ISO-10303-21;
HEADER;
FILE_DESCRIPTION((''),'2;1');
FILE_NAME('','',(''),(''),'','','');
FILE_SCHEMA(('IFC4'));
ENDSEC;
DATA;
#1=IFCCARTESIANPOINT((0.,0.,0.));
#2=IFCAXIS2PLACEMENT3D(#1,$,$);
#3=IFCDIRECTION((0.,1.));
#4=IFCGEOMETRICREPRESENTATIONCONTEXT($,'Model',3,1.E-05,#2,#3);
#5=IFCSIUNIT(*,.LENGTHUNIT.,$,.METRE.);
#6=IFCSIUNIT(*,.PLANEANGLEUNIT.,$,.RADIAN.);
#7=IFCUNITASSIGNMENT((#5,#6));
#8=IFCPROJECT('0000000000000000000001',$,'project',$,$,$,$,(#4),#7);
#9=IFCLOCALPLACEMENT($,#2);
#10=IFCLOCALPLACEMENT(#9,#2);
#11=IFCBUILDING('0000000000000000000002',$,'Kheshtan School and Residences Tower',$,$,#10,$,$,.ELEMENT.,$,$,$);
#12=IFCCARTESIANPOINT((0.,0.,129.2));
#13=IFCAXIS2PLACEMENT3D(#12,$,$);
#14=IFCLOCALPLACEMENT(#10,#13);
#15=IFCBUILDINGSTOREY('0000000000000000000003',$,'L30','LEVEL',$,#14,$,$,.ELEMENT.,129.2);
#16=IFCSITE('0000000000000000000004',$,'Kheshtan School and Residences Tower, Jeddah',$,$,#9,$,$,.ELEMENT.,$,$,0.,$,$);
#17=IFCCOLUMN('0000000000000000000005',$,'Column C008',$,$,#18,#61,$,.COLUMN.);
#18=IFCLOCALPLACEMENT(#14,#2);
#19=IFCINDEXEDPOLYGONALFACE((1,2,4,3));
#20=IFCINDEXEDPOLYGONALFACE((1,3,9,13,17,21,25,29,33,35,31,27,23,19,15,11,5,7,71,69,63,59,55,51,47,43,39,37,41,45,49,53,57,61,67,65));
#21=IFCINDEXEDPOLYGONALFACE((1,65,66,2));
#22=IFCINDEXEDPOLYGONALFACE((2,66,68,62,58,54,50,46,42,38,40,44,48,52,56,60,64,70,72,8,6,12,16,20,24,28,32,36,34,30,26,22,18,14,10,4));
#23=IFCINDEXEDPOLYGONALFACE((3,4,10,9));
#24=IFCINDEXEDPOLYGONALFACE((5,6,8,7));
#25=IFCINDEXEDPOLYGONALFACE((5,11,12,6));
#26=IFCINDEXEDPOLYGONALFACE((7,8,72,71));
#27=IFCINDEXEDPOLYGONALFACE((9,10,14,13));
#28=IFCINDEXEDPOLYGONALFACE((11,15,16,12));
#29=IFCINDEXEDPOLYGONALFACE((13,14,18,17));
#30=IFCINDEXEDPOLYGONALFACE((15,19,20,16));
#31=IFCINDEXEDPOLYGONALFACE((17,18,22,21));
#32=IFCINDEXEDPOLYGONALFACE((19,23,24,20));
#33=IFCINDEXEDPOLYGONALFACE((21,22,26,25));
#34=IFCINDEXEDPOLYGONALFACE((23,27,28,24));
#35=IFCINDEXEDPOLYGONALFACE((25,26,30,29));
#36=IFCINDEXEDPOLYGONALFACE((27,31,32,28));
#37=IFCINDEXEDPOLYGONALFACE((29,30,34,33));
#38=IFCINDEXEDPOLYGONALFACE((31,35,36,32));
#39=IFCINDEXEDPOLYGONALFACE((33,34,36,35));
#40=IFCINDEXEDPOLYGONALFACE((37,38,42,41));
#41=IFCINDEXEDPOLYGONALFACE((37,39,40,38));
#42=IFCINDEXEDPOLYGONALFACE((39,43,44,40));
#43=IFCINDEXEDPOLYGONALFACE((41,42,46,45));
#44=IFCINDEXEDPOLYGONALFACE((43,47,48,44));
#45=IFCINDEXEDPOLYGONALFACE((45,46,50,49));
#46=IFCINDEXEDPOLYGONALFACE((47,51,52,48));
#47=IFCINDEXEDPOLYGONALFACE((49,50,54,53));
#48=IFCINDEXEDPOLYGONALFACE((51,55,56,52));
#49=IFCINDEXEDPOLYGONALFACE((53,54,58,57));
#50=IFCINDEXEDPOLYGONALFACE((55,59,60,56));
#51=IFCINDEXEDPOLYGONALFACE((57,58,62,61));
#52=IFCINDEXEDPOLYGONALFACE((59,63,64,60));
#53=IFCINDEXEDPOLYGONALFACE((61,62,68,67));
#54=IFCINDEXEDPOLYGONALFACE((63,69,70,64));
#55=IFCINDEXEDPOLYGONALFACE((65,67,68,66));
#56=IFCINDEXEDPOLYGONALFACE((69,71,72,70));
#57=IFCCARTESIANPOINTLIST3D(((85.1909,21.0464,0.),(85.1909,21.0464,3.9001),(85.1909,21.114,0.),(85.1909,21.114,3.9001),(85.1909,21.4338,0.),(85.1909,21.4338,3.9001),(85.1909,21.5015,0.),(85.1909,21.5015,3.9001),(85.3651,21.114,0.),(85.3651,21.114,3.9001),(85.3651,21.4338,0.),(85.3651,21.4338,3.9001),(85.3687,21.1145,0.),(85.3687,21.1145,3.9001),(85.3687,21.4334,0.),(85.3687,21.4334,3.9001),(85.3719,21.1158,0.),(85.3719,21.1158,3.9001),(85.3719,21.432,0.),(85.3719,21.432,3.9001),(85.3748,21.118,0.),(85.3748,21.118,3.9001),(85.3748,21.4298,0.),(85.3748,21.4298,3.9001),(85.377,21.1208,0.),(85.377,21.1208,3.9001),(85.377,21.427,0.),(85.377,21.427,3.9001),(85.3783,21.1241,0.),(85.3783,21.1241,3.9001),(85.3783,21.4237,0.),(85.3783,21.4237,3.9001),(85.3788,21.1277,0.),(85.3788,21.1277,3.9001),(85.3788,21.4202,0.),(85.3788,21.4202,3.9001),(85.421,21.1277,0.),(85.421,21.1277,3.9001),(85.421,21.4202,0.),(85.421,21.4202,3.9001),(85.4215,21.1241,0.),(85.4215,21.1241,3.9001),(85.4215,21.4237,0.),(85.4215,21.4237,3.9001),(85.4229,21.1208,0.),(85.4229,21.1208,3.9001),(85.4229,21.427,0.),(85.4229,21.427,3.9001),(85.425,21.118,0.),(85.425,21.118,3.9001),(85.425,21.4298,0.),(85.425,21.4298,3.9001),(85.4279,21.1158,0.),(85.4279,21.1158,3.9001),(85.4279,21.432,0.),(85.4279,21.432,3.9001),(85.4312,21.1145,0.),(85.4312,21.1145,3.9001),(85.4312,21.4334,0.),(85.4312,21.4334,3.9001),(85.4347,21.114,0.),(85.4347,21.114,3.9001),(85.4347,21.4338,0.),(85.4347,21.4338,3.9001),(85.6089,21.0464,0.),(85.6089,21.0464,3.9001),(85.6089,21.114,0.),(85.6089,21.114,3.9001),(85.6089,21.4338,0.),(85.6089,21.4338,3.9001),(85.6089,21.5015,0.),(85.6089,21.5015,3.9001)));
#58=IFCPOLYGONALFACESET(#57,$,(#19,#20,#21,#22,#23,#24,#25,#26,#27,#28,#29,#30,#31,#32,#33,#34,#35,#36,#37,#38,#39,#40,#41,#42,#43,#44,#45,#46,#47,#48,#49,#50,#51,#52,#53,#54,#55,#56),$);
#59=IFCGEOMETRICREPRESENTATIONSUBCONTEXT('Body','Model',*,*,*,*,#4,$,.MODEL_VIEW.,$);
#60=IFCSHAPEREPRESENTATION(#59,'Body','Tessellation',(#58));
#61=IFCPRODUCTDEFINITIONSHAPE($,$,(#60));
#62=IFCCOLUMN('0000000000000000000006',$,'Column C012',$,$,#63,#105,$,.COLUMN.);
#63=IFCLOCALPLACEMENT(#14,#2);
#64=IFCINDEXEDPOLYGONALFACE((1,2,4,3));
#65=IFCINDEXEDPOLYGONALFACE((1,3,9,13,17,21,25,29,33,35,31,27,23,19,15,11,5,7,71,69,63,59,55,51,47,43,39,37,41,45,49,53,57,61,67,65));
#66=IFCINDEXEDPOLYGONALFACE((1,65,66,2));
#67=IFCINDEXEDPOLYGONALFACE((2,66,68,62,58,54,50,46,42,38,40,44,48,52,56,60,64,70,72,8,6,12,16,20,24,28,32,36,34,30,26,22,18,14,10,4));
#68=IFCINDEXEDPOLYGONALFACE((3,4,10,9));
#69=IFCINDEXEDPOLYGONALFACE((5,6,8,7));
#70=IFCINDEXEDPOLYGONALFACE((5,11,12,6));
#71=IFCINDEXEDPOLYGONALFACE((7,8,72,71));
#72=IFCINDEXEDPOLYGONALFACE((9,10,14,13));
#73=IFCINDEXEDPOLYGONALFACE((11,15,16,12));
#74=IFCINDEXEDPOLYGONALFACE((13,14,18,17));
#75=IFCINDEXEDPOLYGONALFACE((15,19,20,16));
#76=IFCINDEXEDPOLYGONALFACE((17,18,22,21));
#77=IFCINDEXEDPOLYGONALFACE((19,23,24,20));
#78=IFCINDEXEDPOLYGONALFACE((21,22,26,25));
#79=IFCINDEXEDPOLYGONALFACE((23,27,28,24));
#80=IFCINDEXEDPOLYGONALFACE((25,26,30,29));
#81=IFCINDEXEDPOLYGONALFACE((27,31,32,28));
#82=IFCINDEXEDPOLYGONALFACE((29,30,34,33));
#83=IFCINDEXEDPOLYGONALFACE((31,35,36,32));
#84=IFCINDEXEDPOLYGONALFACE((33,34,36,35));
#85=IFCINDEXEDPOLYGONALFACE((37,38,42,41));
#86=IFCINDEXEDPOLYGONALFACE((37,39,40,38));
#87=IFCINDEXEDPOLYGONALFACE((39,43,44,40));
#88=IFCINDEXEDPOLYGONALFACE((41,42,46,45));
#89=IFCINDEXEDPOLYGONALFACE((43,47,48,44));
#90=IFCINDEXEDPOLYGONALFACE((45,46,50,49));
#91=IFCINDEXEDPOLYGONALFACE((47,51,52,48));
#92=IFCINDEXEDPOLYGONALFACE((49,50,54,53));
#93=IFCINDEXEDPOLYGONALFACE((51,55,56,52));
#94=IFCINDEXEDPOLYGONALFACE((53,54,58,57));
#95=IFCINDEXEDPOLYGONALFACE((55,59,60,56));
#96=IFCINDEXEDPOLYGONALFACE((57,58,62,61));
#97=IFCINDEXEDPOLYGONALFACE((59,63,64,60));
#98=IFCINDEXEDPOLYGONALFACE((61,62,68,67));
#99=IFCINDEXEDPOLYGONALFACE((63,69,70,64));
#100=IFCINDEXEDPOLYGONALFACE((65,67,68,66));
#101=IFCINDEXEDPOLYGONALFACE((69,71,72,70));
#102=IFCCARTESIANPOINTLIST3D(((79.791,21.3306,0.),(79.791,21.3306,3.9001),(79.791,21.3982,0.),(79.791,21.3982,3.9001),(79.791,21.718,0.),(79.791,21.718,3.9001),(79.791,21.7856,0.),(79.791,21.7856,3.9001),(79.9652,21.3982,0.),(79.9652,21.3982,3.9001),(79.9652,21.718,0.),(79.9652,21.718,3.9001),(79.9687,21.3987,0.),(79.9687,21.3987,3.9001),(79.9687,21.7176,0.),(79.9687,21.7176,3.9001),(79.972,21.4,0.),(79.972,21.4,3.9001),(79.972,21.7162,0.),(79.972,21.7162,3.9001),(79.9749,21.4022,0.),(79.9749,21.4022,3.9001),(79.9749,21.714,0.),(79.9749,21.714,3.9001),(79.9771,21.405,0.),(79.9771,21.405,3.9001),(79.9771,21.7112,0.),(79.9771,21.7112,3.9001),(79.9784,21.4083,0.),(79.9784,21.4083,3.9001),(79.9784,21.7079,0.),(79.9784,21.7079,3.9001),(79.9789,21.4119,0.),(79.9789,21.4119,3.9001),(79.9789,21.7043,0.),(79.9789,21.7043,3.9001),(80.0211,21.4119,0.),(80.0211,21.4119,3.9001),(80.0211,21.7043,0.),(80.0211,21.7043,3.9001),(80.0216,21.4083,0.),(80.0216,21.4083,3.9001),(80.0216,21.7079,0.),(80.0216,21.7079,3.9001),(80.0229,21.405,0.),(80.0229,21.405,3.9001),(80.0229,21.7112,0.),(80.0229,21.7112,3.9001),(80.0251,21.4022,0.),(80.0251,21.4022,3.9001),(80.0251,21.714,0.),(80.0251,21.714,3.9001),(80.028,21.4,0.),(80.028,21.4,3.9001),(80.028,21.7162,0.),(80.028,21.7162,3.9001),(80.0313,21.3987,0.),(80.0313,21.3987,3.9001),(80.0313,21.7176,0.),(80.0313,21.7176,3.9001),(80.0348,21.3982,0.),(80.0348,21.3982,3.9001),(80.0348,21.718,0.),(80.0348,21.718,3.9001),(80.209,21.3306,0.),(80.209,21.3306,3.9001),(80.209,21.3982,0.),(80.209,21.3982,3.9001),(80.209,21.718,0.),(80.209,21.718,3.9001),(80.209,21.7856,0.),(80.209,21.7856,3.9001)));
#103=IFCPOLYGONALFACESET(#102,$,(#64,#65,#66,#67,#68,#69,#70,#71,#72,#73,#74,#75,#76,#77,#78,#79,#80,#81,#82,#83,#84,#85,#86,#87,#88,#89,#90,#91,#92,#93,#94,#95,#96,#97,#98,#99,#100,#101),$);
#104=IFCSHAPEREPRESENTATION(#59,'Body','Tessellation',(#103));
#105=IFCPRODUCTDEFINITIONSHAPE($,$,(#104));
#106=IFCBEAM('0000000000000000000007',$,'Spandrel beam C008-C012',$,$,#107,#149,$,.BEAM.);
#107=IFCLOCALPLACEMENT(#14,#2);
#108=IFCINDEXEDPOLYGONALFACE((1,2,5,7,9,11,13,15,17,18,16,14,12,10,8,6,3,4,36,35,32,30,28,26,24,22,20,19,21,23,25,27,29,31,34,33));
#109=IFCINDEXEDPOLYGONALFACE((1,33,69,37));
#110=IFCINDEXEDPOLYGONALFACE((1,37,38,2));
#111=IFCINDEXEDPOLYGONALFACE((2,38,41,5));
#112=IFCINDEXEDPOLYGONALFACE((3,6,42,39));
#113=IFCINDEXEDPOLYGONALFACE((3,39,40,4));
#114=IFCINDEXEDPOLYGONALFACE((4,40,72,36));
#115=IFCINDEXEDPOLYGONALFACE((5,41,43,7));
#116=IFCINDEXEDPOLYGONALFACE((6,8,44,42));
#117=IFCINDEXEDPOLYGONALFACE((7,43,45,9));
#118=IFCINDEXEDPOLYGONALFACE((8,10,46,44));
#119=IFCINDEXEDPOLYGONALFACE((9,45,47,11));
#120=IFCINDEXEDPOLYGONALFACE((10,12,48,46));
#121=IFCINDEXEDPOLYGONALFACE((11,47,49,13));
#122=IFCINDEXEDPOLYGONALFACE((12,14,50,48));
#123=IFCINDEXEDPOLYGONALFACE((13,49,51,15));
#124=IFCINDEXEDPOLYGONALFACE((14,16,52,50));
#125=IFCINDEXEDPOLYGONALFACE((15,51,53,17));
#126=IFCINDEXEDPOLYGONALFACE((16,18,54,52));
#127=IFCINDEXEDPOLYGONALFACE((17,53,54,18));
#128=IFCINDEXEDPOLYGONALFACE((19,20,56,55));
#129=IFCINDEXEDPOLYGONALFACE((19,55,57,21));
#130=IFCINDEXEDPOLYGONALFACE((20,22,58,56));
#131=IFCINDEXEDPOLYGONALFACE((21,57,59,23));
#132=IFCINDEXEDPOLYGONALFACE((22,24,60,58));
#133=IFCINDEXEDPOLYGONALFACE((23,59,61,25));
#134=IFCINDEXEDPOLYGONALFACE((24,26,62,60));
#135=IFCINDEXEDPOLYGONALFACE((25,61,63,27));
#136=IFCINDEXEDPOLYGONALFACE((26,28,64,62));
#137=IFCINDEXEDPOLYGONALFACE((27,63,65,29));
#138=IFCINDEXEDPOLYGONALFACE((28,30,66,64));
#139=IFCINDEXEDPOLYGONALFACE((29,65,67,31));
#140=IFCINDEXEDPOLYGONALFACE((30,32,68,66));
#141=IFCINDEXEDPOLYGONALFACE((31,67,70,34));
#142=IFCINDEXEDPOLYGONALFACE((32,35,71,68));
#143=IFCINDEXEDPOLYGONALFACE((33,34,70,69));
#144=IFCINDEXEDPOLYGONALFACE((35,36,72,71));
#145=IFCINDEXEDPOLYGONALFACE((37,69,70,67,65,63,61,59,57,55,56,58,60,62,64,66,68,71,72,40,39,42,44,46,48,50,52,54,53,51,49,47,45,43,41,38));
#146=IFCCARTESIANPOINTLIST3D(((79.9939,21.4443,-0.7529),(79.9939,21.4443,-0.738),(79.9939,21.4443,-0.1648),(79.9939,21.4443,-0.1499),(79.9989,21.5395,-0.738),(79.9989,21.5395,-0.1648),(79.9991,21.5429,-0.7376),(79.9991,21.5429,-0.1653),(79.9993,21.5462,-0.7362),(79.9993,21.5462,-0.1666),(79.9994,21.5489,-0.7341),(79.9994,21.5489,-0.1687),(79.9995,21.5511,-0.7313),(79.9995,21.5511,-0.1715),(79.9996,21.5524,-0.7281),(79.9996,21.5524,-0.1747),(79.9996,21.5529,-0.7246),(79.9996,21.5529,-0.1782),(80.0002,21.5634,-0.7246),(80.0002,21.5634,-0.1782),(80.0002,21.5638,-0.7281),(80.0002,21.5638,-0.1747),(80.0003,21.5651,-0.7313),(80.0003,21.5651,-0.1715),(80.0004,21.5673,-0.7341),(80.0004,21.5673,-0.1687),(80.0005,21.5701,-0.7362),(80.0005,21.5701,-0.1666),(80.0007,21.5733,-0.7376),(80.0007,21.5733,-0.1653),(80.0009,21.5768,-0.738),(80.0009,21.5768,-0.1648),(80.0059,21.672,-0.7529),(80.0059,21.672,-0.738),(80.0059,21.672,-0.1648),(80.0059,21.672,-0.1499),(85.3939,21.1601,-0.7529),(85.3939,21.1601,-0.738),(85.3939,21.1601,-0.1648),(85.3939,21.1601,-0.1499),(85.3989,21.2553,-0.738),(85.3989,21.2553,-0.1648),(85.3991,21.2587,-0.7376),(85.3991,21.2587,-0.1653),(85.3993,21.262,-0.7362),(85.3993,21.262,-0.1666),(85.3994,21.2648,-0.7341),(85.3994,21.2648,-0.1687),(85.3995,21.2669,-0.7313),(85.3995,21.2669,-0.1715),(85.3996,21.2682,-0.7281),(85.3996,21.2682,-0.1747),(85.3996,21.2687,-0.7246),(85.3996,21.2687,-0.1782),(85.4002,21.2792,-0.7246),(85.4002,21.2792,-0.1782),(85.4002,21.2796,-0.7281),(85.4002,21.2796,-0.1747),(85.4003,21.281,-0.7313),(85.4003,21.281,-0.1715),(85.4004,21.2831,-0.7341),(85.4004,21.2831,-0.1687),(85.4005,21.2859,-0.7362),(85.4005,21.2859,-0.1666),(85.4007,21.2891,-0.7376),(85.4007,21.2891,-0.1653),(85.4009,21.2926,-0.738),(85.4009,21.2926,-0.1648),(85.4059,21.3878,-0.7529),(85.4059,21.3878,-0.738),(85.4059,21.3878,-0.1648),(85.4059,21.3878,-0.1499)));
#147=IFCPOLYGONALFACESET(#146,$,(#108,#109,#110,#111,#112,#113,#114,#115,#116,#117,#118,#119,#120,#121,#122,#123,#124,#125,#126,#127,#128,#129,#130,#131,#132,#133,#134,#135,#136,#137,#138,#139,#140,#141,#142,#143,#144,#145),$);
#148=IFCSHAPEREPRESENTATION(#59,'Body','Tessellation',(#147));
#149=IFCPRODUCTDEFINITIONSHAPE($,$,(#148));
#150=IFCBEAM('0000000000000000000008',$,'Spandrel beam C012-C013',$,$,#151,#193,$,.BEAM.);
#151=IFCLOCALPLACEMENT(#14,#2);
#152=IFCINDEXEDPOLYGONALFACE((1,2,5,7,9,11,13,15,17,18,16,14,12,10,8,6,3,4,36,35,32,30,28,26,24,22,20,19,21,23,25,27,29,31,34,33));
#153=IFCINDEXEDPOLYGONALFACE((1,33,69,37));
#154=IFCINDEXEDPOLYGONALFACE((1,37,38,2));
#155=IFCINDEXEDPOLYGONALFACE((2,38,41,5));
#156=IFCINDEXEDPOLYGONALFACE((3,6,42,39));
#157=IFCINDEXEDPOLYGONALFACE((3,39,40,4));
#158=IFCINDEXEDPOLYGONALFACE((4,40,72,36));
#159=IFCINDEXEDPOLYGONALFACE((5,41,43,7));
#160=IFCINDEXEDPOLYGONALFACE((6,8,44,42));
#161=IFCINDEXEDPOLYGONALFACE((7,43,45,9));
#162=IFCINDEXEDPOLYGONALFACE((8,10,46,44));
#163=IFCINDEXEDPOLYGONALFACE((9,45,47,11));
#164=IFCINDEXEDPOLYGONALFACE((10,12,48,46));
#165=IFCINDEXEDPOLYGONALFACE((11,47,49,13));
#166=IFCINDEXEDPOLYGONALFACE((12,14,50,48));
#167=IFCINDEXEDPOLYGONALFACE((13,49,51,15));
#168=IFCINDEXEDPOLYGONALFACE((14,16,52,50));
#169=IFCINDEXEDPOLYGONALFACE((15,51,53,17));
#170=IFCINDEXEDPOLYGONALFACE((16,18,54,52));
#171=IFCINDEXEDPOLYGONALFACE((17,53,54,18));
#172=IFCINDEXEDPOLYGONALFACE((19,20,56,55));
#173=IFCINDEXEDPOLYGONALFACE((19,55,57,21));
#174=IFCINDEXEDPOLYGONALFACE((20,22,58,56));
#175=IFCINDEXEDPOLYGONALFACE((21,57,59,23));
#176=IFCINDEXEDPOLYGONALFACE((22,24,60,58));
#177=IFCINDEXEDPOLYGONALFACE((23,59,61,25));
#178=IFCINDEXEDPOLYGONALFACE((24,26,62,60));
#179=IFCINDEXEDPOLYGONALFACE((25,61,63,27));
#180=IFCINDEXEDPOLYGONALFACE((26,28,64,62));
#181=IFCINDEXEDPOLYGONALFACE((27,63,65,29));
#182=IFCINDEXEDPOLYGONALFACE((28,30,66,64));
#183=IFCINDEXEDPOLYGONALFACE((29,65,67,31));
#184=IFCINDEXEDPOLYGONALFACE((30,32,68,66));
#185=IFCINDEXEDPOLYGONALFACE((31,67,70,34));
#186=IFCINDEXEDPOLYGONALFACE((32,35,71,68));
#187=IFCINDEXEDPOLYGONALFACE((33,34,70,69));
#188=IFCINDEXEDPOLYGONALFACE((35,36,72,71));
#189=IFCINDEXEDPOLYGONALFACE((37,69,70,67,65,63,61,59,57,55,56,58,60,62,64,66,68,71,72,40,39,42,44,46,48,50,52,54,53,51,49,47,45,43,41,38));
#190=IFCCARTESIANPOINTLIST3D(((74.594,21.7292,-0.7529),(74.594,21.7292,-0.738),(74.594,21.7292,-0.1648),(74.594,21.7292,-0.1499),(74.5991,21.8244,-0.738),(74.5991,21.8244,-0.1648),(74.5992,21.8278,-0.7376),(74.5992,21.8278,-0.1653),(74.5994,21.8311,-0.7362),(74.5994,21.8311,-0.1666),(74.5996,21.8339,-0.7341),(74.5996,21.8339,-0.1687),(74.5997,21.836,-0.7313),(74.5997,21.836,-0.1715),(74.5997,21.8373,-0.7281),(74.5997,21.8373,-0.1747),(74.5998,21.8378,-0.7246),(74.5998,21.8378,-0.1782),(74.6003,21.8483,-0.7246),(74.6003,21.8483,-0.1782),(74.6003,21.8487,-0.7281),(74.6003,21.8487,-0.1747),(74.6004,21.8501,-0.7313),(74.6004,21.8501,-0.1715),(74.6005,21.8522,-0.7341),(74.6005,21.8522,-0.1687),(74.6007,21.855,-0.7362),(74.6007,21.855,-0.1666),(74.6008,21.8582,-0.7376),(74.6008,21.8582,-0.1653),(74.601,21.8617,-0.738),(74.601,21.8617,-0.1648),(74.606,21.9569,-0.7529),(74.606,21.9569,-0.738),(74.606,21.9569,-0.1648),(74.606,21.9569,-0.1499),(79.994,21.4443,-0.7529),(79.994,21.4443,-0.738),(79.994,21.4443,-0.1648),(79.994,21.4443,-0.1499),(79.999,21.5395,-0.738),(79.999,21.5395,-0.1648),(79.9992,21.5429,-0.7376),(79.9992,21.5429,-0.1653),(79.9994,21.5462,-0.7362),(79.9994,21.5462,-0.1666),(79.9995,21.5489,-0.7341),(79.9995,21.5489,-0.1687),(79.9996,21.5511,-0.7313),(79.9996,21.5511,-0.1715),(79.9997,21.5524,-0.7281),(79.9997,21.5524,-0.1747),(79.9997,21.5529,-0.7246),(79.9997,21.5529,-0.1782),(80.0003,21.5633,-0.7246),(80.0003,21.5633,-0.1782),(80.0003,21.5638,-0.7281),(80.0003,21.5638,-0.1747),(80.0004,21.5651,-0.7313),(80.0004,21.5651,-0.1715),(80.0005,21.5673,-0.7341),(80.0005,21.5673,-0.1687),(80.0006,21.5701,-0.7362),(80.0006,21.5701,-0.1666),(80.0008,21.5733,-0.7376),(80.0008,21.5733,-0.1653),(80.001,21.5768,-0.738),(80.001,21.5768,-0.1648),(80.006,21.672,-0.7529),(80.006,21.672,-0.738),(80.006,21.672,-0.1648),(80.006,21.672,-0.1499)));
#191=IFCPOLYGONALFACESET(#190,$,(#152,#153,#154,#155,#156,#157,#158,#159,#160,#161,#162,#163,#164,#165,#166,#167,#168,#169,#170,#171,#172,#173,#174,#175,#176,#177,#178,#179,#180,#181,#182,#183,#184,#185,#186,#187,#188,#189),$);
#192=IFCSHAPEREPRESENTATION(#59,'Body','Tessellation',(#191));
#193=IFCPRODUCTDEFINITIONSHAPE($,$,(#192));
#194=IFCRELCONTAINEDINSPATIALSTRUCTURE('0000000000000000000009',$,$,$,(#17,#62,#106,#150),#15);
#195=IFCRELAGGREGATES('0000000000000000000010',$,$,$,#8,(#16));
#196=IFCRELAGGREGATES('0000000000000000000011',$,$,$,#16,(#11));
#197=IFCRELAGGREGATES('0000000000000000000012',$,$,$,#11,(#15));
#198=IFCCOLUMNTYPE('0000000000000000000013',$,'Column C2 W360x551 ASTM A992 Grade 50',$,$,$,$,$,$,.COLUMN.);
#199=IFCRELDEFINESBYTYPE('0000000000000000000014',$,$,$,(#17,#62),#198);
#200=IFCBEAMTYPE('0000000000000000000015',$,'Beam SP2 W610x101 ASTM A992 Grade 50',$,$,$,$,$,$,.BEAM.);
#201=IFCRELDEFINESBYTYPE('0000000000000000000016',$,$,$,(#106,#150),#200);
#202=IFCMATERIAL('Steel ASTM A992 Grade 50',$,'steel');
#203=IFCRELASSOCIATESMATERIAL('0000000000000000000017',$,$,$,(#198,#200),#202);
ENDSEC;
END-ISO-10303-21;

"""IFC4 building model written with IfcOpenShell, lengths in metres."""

from ifc_helpers import new_model, si_unit, direction, frame, origin, origin_2d, place, context, subcontext, project, spatial, i_section, extrude, material, material_profile, profile_set, type_object, element, save


model = new_model("IFC4")

# Units and contexts
model_context = context("Model", 3, precision=1e-05, world=origin(), true_north=direction((0.0, 1.0)))
body_context = subcontext(model_context, "Body", "Model", "MODEL_VIEW")
ifc_project = project(units=[si_unit("LENGTHUNIT", "METRE"), si_unit("PLANEANGLEUNIT", "RADIAN")], contexts=[model_context])

# Site, building, storey
site_placement = place(None, origin())
site = spatial("IfcSite", under=ifc_project, at=site_placement, Name="Kheshtan School and Residences Tower, Jeddah", CompositionType="ELEMENT", RefElevation=0.0)
building_placement = place(site_placement, origin())
building = spatial("IfcBuilding", under=site, at=building_placement, Name="Kheshtan School and Residences Tower", CompositionType="ELEMENT")
storey_placement = place(building_placement, frame((0.0, 0.0, 129.2)))
storey = spatial("IfcBuildingStorey", under=building, at=storey_placement, Name="L30", Description="LEVEL", CompositionType="ELEMENT", Elevation=129.2)

# Columns
ifc_material_1 = material(Name="Steel ASTM A992 Grade 50", Category="steel")
ifc_material_profile_1 = material_profile(ifc_material_1, i_section(OverallWidth=0.418, OverallDepth=0.4551, WebThickness=0.0422, FlangeThickness=0.0676, FilletRadius=0.0137, at=origin_2d()), Name="W360x551")
ifc_profile_set_1 = profile_set([ifc_material_profile_1], Name="Steel ASTM A992 Grade 50")
column_type = type_object("IfcColumnType", Name="Column C2 W360x551 ASTM A992 Grade 50", PredefinedType="COLUMN", material=ifc_profile_set_1)
for number, where, z_axis, x_axis, name in (
    (1, (85.3999, 21.2739, 0.0), (0.0, 0.0, 1.0), (1.0, 0.0, 0.0), "Column C008"),
    (2, (80.0, 21.5581, 0.0), (0.0, 0.0, 1.0), (1.0, 0.0, 0.0), "Column C012"),
):
    element("IfcColumn", number, at=place(storey_placement, frame(where, z_axis=z_axis, x_axis=x_axis)), inside=storey, type_object=column_type, Name=name, PredefinedType="COLUMN", context=body_context, shape_type="SweptSolid", body=[
        extrude(i_section(OverallWidth=0.418, OverallDepth=0.4551, WebThickness=0.0422, FlangeThickness=0.0676, FilletRadius=0.0137, at=origin_2d()), origin(), (0.0, 0.0, 1.0), 3.9001),
    ])

# Beams
ifc_material_profile_2 = material_profile(ifc_material_1, i_section(OverallWidth=0.228, OverallDepth=0.603, WebThickness=0.0105, FlangeThickness=0.0149, FilletRadius=0.0134, at=origin_2d()), Name="W610x101")
ifc_profile_set_2 = profile_set([ifc_material_profile_2], Name="Steel ASTM A992 Grade 50")
beam_type = type_object("IfcBeamType", Name="Beam SP2 W610x101 ASTM A992 Grade 50", PredefinedType="BEAM", material=ifc_profile_set_2)
for number, where, z_axis, x_axis, name in (
    (3, (85.3999, 21.2739, -0.4514), (-0.998618, 0.052554, 0.0), (-0.052554, -0.998618, 0.0), "Spandrel beam C008-C012"),
    (4, (80.0, 21.5581, -0.4514), (-0.998611, 0.052689, 0.0), (-0.052689, -0.998611, 0.0), "Spandrel beam C012-C013"),
):
    element("IfcBeam", number, at=place(storey_placement, frame(where, z_axis=z_axis, x_axis=x_axis)), inside=storey, type_object=beam_type, Name=name, PredefinedType="BEAM", context=body_context, shape_type="SweptSolid", body=[
        extrude(i_section(OverallWidth=0.228, OverallDepth=0.603, WebThickness=0.0105, FlangeThickness=0.0149, FilletRadius=0.0134, at=origin_2d()), origin(), (0.0, 0.0, 1.0), 5.4075),
    ])

save(model, "model.ifc")
